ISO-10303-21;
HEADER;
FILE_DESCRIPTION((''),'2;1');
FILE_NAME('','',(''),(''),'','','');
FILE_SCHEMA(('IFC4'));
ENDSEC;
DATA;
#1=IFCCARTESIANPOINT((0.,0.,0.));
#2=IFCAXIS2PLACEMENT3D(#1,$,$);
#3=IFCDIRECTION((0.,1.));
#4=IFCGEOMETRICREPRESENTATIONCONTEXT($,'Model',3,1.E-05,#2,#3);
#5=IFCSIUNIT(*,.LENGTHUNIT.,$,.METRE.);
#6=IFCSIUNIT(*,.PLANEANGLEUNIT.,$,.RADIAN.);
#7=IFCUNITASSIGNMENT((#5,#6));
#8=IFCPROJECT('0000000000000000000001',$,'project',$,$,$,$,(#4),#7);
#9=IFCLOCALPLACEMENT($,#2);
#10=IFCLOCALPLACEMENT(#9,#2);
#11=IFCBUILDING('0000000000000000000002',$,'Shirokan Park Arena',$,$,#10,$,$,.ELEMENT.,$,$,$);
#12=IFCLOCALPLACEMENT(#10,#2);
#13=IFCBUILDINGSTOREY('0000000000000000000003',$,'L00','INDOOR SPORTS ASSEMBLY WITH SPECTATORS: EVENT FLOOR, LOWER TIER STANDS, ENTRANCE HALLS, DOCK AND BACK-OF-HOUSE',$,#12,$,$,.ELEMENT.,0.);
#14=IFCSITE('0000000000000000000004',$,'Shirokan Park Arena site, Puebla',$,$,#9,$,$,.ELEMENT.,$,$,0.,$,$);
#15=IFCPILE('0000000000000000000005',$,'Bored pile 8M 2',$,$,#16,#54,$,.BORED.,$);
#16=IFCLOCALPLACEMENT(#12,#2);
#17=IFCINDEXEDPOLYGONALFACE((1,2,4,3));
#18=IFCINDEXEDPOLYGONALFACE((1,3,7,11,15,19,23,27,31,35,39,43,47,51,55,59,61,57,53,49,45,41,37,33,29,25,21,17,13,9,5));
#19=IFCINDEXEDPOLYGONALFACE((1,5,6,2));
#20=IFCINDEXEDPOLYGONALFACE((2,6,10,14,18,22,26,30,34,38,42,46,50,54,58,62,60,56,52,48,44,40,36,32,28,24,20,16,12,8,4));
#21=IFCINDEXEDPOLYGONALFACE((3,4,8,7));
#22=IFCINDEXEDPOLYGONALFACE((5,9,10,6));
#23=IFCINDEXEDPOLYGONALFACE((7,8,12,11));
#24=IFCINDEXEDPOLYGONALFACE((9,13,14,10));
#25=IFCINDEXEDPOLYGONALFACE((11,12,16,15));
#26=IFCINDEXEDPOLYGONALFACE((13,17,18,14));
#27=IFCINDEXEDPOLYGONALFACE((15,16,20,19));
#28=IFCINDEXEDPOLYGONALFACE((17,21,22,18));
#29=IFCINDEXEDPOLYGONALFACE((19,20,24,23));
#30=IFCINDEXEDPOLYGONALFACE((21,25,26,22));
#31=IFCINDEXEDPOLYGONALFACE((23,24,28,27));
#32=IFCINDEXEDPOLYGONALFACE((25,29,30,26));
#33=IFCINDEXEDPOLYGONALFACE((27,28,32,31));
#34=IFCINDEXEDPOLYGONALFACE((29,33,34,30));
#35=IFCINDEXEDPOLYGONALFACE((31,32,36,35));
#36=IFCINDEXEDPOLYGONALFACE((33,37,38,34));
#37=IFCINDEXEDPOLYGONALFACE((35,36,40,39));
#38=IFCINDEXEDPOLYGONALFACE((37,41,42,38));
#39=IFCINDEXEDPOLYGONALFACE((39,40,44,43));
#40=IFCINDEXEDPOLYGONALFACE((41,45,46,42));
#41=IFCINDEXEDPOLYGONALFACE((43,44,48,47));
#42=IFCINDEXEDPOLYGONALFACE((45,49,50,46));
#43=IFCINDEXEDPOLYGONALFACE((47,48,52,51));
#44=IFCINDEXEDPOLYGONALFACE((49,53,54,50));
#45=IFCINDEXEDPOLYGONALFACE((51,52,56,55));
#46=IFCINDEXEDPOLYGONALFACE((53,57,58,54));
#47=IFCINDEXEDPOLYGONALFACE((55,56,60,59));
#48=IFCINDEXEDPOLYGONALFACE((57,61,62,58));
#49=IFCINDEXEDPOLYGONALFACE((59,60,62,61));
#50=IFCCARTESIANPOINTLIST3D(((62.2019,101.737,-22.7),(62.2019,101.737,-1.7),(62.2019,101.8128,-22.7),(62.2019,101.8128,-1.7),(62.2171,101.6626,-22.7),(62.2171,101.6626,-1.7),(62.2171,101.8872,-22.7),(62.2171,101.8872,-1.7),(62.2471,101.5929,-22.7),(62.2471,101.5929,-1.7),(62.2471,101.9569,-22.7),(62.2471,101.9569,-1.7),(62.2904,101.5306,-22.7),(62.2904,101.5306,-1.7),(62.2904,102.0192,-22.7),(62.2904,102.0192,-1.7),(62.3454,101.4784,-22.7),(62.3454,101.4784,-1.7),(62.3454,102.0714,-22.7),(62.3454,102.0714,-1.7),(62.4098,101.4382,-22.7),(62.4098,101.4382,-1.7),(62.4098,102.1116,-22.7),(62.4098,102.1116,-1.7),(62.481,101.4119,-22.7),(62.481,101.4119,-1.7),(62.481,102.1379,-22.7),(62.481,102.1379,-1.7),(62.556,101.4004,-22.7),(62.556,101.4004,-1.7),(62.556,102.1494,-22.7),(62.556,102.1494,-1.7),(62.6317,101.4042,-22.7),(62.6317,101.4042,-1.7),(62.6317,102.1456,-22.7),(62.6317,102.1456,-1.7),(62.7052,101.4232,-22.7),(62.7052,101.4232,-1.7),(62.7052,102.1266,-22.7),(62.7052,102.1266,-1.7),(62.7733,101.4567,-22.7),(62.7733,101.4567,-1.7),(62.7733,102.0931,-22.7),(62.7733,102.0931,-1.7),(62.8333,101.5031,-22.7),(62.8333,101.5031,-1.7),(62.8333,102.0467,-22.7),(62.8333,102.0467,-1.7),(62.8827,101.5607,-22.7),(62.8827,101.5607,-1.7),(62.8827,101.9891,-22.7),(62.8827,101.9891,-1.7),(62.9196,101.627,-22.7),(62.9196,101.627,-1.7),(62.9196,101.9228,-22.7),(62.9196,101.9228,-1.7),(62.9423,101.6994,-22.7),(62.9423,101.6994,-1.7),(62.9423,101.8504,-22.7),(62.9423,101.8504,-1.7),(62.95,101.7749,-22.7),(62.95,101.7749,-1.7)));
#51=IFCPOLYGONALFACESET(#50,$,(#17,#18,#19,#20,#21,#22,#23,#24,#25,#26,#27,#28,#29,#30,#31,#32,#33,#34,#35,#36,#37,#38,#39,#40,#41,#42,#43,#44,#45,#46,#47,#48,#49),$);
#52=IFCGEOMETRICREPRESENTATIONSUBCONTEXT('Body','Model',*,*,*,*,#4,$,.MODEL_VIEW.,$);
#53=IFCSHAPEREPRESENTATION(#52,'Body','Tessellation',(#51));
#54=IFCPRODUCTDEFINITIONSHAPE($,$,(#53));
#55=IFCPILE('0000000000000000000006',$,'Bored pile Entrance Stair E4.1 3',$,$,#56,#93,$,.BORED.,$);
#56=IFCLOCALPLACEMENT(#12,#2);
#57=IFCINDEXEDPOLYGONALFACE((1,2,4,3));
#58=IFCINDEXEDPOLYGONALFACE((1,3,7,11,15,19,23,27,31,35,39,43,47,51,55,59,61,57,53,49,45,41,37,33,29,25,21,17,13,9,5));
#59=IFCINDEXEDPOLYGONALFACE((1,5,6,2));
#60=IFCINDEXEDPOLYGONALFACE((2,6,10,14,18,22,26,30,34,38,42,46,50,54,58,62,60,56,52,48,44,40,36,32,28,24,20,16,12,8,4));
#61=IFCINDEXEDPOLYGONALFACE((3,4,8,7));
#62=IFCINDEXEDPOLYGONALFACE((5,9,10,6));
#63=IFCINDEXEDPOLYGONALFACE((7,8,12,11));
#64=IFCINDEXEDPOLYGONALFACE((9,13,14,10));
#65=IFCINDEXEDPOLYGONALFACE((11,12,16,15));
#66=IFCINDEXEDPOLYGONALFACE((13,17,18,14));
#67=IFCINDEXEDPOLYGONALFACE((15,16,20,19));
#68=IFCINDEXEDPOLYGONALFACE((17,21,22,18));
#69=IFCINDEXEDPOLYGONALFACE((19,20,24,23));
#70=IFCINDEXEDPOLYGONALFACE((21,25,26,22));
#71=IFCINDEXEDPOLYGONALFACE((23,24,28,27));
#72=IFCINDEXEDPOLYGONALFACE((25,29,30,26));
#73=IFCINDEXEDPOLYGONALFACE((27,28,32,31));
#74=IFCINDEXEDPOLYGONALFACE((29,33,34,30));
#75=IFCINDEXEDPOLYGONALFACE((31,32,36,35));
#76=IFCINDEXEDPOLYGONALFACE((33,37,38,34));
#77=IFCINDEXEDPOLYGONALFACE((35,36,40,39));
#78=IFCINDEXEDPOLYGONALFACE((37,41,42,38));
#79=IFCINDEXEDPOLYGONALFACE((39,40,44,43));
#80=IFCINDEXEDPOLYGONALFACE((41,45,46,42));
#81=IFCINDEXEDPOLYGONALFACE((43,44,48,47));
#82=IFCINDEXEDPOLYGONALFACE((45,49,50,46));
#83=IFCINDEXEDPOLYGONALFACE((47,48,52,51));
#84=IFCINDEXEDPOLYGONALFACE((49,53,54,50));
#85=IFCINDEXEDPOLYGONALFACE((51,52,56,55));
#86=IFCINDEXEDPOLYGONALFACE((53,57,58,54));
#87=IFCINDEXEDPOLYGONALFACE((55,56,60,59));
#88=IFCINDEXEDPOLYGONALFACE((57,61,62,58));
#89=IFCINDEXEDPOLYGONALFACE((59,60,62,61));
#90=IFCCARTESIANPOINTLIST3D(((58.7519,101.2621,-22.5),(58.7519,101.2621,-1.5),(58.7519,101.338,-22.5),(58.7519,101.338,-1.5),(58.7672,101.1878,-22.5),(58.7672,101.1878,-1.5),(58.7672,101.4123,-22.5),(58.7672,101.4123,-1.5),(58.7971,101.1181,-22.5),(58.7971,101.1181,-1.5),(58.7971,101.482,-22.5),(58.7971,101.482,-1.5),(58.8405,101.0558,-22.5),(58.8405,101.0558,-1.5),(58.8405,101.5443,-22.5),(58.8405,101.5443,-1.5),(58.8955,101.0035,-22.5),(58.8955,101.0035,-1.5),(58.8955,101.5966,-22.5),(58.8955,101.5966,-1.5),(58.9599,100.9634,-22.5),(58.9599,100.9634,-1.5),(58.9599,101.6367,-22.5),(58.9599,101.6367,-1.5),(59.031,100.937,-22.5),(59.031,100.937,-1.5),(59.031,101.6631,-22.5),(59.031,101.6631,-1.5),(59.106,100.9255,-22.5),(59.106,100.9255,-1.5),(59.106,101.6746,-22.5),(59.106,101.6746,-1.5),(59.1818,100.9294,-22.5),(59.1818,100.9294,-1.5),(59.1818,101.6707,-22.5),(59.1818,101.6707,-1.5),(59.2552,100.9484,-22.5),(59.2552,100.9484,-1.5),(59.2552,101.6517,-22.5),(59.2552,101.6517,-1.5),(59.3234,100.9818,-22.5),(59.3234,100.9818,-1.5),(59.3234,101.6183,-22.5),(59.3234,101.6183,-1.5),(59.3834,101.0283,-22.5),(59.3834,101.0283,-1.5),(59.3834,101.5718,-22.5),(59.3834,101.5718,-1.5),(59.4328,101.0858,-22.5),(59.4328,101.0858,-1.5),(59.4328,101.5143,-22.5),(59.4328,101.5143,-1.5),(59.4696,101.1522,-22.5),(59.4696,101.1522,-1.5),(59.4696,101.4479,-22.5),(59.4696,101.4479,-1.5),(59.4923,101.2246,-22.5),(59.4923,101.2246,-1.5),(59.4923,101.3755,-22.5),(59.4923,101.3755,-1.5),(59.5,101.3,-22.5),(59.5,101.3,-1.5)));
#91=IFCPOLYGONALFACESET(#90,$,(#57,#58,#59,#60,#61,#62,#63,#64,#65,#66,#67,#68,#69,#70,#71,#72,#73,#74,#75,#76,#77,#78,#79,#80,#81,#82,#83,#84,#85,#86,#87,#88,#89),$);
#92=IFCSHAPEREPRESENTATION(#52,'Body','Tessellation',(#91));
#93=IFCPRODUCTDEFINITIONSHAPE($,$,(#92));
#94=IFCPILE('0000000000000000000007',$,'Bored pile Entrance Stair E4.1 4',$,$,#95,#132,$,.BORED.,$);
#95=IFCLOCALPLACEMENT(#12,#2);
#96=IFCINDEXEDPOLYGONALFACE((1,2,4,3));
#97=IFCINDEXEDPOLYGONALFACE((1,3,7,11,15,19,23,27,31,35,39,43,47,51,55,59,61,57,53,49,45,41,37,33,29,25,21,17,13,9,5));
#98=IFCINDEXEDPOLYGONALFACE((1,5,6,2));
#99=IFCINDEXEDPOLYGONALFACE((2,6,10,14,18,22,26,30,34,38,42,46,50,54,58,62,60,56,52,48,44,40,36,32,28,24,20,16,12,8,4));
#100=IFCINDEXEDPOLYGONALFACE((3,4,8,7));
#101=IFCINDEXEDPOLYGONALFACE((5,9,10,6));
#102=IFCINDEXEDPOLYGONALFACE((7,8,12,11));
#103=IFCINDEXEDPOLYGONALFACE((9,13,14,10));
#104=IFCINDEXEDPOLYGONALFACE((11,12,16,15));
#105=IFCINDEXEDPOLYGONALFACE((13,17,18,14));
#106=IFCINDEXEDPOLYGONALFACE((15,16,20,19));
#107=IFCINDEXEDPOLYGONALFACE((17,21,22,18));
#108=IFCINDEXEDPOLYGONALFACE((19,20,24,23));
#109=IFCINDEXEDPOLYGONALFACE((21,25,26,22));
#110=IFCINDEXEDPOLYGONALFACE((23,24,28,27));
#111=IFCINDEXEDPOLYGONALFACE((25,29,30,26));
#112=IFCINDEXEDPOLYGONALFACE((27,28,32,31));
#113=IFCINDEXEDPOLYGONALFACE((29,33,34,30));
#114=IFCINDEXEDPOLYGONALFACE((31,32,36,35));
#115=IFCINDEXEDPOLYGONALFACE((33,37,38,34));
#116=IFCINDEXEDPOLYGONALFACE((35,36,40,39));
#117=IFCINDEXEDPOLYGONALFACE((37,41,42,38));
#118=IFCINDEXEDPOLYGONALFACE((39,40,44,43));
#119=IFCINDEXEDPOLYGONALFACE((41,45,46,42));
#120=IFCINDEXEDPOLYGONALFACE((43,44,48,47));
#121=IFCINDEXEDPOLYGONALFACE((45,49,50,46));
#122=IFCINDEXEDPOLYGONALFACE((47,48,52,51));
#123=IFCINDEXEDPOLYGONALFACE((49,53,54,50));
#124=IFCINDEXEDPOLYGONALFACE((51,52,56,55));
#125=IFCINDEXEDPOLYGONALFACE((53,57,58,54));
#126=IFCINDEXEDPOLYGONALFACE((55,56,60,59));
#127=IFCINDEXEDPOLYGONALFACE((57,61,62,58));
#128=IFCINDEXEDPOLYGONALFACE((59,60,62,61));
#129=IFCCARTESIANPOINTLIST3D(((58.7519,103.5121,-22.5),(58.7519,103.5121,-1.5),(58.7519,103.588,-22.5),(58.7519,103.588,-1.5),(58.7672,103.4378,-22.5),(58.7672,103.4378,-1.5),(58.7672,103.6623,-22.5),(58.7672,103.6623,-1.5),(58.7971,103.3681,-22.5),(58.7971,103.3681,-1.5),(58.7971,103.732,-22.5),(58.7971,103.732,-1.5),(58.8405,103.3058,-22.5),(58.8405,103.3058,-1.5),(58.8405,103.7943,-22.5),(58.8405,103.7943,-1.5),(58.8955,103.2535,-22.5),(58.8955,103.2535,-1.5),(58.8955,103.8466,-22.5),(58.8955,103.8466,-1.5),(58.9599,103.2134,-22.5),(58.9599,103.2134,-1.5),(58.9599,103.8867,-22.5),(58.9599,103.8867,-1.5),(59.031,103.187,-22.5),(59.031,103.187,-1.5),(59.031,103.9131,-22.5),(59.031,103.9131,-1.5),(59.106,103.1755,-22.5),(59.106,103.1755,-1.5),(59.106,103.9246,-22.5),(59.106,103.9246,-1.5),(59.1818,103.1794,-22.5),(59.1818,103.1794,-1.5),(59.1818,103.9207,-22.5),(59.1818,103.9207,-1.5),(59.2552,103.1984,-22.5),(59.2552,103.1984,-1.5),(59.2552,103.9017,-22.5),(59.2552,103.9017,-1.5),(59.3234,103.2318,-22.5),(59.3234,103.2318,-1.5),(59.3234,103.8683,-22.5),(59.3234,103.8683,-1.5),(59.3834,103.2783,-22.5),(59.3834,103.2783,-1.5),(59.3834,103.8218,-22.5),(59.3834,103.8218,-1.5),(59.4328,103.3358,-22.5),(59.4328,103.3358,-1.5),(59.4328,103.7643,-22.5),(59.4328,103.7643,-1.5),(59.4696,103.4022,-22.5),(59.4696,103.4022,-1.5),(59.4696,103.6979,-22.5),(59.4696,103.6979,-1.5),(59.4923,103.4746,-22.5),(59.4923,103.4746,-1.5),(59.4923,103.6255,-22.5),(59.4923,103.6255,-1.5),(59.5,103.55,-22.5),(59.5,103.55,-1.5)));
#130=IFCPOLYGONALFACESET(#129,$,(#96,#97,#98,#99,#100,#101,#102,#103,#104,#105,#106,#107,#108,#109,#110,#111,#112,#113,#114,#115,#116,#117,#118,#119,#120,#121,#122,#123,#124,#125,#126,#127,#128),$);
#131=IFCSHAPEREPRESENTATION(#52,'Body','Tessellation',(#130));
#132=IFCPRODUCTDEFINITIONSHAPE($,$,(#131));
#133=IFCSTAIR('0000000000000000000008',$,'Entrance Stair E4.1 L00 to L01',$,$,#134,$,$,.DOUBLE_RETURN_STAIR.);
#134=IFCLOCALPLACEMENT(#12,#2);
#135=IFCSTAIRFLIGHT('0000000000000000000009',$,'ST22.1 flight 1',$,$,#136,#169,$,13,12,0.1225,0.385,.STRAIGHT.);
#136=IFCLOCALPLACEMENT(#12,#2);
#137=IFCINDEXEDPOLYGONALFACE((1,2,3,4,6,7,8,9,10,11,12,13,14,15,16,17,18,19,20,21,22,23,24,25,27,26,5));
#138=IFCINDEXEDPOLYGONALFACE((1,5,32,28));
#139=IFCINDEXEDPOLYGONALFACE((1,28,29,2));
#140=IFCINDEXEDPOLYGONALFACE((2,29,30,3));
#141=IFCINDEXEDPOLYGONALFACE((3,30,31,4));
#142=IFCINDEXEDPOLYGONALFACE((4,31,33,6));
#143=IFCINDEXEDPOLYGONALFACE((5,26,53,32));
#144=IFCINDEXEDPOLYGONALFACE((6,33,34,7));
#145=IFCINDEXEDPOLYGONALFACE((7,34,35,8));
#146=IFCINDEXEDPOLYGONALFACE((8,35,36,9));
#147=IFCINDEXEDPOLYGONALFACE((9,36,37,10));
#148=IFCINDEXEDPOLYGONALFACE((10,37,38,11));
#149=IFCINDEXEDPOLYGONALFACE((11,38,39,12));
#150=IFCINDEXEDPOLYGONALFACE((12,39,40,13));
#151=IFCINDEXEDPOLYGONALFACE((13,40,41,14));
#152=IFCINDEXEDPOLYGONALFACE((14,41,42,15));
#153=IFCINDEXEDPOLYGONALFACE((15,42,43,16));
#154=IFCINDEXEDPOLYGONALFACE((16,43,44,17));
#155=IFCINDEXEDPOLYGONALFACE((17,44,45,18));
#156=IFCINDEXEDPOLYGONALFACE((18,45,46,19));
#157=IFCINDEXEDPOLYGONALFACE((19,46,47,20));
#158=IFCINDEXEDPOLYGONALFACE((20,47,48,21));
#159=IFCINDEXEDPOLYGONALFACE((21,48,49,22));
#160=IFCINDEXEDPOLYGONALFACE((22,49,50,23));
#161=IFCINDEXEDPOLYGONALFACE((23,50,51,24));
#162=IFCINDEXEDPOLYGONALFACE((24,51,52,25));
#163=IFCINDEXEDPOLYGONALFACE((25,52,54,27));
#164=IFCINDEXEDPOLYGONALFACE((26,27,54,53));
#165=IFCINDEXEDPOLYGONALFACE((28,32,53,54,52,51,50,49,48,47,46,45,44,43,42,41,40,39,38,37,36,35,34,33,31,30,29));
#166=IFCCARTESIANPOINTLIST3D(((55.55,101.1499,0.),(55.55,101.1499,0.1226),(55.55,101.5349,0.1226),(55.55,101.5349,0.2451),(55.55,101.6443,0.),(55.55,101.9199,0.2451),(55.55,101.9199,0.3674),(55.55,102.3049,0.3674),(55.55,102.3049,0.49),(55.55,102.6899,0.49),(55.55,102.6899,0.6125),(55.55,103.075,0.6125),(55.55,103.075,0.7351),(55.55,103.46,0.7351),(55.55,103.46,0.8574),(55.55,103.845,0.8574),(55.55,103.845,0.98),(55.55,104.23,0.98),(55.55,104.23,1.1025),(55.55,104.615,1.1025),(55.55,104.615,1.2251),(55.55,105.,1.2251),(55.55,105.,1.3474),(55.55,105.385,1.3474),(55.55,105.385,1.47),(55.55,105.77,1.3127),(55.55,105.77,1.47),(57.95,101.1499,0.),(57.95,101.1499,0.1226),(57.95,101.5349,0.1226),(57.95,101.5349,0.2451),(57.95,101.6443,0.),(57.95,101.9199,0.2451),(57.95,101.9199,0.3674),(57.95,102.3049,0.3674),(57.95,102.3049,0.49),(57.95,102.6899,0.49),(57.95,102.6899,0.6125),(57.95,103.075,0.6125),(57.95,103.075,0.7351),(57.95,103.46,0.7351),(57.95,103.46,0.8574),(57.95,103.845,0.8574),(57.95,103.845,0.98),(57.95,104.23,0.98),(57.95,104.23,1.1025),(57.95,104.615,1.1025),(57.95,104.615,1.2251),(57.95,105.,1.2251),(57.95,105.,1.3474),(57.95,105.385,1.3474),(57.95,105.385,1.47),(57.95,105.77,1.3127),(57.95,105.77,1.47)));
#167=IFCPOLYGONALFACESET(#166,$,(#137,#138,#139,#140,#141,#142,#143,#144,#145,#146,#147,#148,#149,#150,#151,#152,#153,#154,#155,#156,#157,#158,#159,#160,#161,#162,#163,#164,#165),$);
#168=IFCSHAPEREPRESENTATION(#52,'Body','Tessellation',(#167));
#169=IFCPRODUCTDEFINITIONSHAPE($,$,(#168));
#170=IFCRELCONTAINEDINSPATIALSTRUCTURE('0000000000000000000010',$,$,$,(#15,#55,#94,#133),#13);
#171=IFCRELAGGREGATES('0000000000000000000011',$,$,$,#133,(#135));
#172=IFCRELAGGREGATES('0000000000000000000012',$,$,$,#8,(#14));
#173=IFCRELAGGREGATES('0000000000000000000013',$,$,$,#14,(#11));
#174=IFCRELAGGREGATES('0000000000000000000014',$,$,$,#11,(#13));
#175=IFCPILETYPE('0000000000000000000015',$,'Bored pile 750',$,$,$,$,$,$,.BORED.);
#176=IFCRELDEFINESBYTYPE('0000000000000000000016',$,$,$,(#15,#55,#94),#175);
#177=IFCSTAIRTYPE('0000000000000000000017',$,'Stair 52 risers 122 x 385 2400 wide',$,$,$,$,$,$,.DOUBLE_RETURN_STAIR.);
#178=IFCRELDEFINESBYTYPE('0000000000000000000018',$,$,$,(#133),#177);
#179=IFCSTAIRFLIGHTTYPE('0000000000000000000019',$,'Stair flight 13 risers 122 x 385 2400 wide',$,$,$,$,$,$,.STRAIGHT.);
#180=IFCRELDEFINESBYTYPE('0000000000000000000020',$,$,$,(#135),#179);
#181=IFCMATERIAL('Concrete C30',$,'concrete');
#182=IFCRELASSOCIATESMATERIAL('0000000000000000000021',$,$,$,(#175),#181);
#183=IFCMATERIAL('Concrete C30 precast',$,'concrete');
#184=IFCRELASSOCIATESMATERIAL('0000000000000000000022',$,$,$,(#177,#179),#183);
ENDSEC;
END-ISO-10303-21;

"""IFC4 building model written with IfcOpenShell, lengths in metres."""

from ifc_helpers import new_model, si_unit, direction, frame, origin, origin_2d, place, context, subcontext, project, spatial, polyline, circle, outline, extrude, material, material_profile, profile_set, type_object, element, aggregate, save


model = new_model("IFC4")

# Units and contexts
model_context = context("Model", 3, precision=1e-05, world=origin(), true_north=direction((0.0, 1.0)))
body_context = subcontext(model_context, "Body", "Model", "MODEL_VIEW")
ifc_project = project(units=[si_unit("LENGTHUNIT", "METRE"), si_unit("PLANEANGLEUNIT", "RADIAN")], contexts=[model_context])

# Site, building, storey
site_placement = place(None, origin())
site = spatial("IfcSite", under=ifc_project, at=site_placement, Name="Shirokan Park Arena site, Puebla", CompositionType="ELEMENT", RefElevation=0.0)
building_placement = place(site_placement, origin())
building = spatial("IfcBuilding", under=site, at=building_placement, Name="Shirokan Park Arena", CompositionType="ELEMENT")
storey_placement = place(building_placement, origin())
storey = spatial("IfcBuildingStorey", under=building, at=storey_placement, Name="L00", Description="INDOOR SPORTS ASSEMBLY WITH SPECTATORS: EVENT FLOOR, LOWER TIER STANDS, ENTRANCE HALLS, DOCK AND BACK-OF-HOUSE", CompositionType="ELEMENT", Elevation=0.0)

# Piles
ifc_material_1 = material(Name="Concrete C30", Category="concrete")
ifc_material_profile = material_profile(ifc_material_1, circle(Radius=0.375, at=origin_2d()), Name="D750")
ifc_profile_set = profile_set([ifc_material_profile], Name="Concrete C30")
pile_type = type_object("IfcPileType", Name="Bored pile 750", PredefinedType="BORED", material=ifc_profile_set)
for number, where, z_axis, x_axis, name in (
    (1, (62.575, 101.7749, -1.7), (0.0, 0.0, -1.0), (1.0, 0.0, 0.0), "Bored pile 8M 2"),
    (2, (59.125, 101.3, -1.5), (0.0, 0.0, -1.0), (1.0, 0.0, 0.0), "Bored pile Entrance Stair E4.1 3"),
    (3, (59.125, 103.55, -1.5), (0.0, 0.0, -1.0), (1.0, 0.0, 0.0), "Bored pile Entrance Stair E4.1 4"),
):
    element("IfcPile", number, at=place(storey_placement, frame(where, z_axis=z_axis, x_axis=x_axis)), inside=storey, type_object=pile_type, Name=name, PredefinedType="BORED", context=body_context, shape_type="SweptSolid", body=[
        extrude(circle(Radius=0.375, at=origin_2d()), origin(), (0.0, 0.0, 1.0), 21.0),
    ])

# Stair, stair flight
ifc_material_2 = material(Name="Concrete C30 precast", Category="concrete")
stair_type = type_object("IfcStairType", Name="Stair 52 risers 122 x 385 2400 wide", PredefinedType="DOUBLE_RETURN_STAIR", material=ifc_material_2)
stair_placement = place(storey_placement, origin())
stair = element("IfcStair", 4, at=stair_placement, inside=storey, type_object=stair_type, Name="Entrance Stair E4.1 L00 to L01", PredefinedType="DOUBLE_RETURN_STAIR")
stair_flight_type = type_object("IfcStairFlightType", Name="Stair flight 13 risers 122 x 385 2400 wide", PredefinedType="STRAIGHT", material=ifc_material_2)
stair_flight_1_placement = place(storey_placement, frame((56.75, 101.1499, 0.0), z_axis=(0.0, 0.0, 1.0), x_axis=(0.0, 1.0, 0.0)))
stair_flight_1 = element("IfcStairFlight", 5, at=stair_flight_1_placement, type_object=stair_flight_type, Name="ST22.1 flight 1", NumberOfRisers=13, NumberOfTreads=12, PredefinedType="STRAIGHT", RiserHeight=0.1225, TreadLength=0.385, context=body_context, shape_type="SweptSolid", body=[
    extrude(outline(polyline([(0.0, 0.0), (0.0, 0.1226), (0.385, 0.1226), (0.385, 0.2451), (0.77, 0.2451), (0.77, 0.3674), (1.155, 0.3674), (1.155, 0.49), (1.54, 0.49), (1.54, 0.6125), (1.925, 0.6125), (1.925, 0.7351), (2.3101, 0.7351), (2.3101, 0.8574), (2.6951, 0.8574), (2.6951, 0.98), (3.0801, 0.98), (3.0801, 1.1025), (3.4651, 1.1025), (3.4651, 1.2251), (3.8501, 1.2251), (3.8501, 1.3474), (4.2351, 1.3474), (4.2351, 1.47), (4.6201, 1.47), (4.6201, 1.5925), (4.6201, 1.3127), (0.4944, 0.0), (0.0, 0.0)])), frame((0.0, 1.2, 0.0), z_axis=(0.0, -1.0, 0.0), x_axis=(1.0, 0.0, 0.0)), (0.0, 0.0, 1.0), 2.3999),
])
aggregate(stair, [stair_flight_1])

save(model, "model.ifc")
